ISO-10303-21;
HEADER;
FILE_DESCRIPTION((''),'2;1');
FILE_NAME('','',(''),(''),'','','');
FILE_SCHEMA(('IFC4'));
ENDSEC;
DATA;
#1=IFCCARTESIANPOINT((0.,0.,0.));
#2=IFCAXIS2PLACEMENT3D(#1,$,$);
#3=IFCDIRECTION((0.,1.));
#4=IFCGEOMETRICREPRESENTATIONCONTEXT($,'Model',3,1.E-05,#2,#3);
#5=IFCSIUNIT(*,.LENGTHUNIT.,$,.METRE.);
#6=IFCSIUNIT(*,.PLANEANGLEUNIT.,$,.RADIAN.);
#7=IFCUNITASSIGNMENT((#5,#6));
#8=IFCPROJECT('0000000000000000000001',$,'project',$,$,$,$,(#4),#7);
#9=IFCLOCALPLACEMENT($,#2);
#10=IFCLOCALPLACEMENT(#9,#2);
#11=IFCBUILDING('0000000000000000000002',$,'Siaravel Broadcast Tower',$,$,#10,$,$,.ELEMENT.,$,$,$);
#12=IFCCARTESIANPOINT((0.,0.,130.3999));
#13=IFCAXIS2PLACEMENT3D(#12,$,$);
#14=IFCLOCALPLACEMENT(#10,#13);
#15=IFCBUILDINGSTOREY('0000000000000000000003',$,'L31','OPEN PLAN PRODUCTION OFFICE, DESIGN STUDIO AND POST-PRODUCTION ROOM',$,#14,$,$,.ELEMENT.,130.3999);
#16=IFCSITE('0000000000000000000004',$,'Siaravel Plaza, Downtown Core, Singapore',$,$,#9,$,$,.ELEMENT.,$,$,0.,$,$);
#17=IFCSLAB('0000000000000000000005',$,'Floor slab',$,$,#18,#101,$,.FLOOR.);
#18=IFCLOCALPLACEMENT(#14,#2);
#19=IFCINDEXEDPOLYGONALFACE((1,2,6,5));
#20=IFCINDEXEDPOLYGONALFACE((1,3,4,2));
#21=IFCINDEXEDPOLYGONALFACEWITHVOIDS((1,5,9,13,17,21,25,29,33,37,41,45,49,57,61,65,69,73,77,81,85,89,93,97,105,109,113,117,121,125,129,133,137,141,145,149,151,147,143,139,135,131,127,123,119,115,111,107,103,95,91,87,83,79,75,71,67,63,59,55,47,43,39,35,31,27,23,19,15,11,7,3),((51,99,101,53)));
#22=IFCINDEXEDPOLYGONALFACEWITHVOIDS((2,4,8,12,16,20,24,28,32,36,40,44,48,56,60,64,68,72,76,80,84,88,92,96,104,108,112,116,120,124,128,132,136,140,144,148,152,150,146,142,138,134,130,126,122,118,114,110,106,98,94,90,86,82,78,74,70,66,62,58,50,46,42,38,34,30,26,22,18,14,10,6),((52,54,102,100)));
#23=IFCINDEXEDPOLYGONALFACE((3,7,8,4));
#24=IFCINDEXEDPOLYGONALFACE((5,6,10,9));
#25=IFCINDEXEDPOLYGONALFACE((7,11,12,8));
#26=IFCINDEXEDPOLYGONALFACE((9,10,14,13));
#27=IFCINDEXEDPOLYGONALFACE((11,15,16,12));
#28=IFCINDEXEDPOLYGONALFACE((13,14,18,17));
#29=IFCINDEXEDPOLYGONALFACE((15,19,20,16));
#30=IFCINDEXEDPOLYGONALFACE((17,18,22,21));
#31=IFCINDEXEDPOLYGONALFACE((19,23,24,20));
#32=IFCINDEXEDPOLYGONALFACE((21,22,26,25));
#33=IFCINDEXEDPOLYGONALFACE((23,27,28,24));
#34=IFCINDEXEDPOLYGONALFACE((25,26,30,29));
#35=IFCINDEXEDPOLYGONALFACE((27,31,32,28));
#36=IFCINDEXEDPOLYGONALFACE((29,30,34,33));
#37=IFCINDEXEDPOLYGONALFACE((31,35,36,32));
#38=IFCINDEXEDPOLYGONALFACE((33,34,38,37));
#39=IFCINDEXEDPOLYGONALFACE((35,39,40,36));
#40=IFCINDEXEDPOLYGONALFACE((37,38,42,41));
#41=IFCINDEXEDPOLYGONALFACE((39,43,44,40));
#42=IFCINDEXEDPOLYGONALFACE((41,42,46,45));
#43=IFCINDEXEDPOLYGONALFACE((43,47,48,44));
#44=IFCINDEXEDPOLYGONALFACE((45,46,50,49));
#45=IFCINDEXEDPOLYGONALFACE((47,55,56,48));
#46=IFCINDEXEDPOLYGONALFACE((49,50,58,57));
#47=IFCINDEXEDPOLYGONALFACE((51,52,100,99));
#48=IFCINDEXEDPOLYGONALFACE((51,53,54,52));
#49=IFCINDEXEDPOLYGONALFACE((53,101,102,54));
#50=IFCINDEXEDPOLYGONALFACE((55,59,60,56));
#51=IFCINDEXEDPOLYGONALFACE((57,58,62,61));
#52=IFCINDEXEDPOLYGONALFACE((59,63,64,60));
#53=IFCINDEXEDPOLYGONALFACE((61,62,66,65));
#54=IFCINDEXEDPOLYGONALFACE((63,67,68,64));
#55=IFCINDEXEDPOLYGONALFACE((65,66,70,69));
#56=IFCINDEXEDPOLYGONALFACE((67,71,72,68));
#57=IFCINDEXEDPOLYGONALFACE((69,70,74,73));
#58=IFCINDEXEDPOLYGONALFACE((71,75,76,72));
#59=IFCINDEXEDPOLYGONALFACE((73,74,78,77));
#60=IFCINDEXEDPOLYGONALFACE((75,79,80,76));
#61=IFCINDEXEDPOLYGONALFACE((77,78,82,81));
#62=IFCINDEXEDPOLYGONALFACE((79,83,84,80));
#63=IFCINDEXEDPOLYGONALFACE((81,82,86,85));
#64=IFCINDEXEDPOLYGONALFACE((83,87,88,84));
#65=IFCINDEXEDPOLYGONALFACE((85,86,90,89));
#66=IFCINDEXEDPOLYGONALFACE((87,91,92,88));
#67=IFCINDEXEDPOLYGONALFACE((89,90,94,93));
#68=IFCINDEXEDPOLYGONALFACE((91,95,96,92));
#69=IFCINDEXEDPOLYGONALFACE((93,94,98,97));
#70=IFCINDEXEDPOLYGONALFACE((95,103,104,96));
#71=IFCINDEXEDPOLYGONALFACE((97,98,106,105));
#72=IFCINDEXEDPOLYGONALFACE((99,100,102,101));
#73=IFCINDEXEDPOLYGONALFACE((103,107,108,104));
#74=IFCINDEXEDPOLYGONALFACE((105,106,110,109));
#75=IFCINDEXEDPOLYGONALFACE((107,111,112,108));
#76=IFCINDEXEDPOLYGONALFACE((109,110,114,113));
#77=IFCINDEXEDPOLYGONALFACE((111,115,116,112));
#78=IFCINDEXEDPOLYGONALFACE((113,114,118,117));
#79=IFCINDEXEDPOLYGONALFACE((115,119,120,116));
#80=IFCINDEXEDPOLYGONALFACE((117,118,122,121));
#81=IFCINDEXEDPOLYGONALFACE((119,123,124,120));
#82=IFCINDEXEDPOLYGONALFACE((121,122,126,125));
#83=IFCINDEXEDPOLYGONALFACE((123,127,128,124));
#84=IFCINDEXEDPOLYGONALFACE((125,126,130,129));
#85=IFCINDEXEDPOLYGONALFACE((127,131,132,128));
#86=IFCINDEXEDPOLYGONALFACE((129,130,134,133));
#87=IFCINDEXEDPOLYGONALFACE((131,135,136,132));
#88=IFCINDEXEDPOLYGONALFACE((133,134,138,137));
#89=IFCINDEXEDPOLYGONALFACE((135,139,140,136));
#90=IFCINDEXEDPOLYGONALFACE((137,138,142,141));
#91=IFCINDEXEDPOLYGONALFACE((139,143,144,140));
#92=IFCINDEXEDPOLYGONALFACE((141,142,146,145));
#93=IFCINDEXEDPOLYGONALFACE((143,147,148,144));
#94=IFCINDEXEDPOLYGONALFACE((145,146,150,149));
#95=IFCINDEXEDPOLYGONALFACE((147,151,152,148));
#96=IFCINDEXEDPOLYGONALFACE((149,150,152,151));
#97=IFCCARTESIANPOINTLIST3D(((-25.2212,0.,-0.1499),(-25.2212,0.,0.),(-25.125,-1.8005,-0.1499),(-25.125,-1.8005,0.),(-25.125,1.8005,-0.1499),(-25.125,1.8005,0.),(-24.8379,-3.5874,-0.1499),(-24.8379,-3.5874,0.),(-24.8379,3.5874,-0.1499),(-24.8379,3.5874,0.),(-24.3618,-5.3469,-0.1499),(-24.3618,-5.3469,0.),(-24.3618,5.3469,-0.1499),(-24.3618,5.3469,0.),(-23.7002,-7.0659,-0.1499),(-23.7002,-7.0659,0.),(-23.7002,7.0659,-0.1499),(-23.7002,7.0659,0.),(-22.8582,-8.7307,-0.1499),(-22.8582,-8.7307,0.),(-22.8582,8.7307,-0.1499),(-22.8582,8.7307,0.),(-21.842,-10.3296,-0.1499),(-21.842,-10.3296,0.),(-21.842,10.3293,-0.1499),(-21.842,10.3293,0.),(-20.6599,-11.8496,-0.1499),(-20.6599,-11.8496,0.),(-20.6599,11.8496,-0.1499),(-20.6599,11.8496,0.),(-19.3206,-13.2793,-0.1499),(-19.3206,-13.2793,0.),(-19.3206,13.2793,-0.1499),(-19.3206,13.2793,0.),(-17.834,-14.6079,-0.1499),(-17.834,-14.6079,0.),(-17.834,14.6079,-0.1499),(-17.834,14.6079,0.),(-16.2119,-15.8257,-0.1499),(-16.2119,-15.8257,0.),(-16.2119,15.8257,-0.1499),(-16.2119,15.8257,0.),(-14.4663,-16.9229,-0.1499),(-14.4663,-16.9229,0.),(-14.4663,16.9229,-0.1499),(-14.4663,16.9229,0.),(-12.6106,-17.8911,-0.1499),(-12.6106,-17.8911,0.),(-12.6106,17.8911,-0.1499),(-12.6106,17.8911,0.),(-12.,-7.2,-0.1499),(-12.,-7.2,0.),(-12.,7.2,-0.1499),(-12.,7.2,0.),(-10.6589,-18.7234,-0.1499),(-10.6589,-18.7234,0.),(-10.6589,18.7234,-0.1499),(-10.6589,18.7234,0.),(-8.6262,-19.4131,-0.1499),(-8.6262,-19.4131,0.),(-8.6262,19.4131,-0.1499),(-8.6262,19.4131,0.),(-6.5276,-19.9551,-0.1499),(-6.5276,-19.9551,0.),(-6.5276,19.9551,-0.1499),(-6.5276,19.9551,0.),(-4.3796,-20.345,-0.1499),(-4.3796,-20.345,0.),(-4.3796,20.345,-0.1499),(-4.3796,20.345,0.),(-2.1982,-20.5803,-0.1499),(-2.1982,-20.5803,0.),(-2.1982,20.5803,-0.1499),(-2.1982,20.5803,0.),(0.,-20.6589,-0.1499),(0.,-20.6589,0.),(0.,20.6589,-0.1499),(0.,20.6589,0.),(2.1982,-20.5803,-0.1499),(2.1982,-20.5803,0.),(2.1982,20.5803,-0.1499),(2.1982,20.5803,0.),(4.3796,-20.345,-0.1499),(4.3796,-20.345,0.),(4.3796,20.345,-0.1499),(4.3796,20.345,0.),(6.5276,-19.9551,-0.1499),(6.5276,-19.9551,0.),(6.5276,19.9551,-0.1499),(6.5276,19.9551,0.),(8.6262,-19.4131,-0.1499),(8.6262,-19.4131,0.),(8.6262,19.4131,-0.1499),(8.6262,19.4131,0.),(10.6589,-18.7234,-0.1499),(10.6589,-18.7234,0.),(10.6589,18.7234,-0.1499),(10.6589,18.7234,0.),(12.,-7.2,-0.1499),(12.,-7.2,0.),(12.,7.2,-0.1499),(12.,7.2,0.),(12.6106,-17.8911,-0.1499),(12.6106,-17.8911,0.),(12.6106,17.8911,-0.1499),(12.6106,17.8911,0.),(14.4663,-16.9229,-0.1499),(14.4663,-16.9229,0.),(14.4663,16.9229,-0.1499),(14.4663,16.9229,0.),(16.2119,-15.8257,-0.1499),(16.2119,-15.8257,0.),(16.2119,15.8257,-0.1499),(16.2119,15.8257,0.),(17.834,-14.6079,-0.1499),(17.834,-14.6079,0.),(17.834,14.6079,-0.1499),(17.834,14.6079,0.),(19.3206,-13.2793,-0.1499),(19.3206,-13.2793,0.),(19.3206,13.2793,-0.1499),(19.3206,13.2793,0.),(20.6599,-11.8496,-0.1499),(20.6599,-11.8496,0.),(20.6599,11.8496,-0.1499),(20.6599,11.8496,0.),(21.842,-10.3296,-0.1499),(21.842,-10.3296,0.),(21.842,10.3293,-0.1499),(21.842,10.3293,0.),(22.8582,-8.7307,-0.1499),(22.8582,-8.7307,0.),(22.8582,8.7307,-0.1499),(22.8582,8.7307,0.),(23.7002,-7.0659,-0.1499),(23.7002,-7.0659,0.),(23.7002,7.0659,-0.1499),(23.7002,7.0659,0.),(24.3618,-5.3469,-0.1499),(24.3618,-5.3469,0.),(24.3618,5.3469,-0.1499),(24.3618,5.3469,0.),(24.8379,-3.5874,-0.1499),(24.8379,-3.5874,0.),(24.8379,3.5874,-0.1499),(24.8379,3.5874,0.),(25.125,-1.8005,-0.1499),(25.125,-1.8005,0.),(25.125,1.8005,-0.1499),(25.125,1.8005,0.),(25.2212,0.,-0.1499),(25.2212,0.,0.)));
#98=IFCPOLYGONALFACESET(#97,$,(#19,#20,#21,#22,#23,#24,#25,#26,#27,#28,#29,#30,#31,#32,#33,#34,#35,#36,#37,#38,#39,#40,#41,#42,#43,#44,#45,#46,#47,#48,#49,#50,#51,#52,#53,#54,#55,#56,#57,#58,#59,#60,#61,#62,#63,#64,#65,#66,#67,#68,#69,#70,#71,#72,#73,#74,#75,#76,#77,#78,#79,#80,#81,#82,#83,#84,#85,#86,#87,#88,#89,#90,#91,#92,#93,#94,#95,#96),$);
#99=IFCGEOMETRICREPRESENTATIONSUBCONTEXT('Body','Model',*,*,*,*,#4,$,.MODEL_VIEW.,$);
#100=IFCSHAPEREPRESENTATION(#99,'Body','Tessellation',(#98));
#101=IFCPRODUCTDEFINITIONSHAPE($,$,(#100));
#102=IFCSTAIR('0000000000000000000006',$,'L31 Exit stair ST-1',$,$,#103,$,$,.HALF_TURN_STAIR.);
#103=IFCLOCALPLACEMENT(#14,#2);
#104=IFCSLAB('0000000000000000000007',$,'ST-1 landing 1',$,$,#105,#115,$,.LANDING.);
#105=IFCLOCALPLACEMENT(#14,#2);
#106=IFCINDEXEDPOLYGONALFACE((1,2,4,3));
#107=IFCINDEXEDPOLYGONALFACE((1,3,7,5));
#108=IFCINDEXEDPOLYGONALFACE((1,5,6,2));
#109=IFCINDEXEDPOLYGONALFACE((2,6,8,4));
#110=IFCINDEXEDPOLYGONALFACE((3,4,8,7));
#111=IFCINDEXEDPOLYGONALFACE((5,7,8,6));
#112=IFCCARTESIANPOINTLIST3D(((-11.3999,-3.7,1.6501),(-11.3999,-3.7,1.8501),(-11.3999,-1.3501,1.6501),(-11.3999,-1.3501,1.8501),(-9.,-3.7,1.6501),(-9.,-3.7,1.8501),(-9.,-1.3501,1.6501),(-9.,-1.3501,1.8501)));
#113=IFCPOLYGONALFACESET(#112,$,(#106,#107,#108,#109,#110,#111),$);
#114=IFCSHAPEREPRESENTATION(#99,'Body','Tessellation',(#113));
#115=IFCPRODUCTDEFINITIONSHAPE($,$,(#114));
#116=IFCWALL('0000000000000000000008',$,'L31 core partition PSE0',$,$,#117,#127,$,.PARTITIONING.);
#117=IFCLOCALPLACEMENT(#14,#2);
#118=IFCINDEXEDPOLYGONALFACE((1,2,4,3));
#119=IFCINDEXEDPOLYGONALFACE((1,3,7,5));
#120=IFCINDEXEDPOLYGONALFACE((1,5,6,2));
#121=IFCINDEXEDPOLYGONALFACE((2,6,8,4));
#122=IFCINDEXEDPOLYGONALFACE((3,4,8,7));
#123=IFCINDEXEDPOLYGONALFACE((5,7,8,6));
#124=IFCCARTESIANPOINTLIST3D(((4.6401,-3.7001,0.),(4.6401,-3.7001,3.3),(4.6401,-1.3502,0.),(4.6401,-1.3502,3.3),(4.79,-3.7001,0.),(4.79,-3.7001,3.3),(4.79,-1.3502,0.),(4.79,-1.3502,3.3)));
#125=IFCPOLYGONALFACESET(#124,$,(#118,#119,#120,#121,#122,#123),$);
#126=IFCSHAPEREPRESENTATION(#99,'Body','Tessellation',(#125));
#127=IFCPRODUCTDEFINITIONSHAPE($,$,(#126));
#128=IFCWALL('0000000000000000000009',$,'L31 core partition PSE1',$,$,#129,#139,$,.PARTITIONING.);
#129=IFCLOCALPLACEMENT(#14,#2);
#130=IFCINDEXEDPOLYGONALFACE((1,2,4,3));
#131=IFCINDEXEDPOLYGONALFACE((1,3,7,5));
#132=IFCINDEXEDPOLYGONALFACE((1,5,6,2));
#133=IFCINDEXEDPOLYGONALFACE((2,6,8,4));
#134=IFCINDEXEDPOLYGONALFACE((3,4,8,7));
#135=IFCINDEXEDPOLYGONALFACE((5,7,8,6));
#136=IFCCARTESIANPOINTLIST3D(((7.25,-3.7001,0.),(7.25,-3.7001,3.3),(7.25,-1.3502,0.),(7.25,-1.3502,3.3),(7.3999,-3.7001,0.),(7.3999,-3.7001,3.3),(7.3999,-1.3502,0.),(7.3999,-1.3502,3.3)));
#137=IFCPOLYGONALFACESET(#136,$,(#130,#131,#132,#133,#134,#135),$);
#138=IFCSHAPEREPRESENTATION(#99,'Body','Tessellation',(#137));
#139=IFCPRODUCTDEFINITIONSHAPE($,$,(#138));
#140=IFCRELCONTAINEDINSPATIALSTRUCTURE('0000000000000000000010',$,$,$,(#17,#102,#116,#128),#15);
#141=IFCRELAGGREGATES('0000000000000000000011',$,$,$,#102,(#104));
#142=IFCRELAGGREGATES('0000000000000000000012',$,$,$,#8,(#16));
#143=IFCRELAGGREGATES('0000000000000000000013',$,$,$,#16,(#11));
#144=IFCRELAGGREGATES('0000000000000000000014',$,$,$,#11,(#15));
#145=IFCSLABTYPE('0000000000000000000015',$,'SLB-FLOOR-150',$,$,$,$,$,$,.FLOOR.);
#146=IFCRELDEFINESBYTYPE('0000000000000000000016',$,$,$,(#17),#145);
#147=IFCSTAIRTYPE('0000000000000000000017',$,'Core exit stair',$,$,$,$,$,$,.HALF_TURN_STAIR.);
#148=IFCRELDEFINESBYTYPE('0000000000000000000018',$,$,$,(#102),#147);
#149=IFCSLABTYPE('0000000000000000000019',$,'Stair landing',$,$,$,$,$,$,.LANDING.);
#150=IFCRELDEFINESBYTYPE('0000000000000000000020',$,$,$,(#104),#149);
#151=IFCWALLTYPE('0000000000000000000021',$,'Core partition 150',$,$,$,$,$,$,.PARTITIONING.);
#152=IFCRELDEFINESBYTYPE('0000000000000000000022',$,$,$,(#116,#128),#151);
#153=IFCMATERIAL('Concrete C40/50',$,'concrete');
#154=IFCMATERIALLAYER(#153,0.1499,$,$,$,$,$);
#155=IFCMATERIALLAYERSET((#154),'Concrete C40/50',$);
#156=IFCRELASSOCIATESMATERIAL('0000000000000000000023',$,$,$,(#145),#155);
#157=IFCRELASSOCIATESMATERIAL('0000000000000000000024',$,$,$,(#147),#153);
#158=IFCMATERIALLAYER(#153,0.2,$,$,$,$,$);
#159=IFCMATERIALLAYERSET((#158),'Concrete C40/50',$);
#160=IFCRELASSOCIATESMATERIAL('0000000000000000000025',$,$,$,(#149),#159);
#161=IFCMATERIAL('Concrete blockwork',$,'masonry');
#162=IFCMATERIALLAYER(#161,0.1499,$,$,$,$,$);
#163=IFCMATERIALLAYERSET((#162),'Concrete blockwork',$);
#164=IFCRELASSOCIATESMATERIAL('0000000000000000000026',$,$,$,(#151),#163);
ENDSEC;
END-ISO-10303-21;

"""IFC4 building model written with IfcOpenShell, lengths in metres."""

from ifc_helpers import new_model, si_unit, direction, frame, frame_2d, origin, place, context, subcontext, project, spatial, polyline, rectangle, outline, extrude, material, layer, layer_set, type_object, element, aggregate, save


model = new_model("IFC4")

# Units and contexts
model_context = context("Model", 3, precision=1e-05, world=origin(), true_north=direction((0.0, 1.0)))
body_context = subcontext(model_context, "Body", "Model", "MODEL_VIEW")
ifc_project = project(units=[si_unit("LENGTHUNIT", "METRE"), si_unit("PLANEANGLEUNIT", "RADIAN")], contexts=[model_context])

# Site, building, storey
site_placement = place(None, origin())
site = spatial("IfcSite", under=ifc_project, at=site_placement, Name="Siaravel Plaza, Downtown Core, Singapore", CompositionType="ELEMENT", RefElevation=0.0)
building_placement = place(site_placement, origin())
building = spatial("IfcBuilding", under=site, at=building_placement, Name="Siaravel Broadcast Tower", CompositionType="ELEMENT")
storey_placement = place(building_placement, frame((0.0, 0.0, 130.3999)))
storey = spatial("IfcBuildingStorey", under=building, at=storey_placement, Name="L31", Description="OPEN PLAN PRODUCTION OFFICE, DESIGN STUDIO AND POST-PRODUCTION ROOM", CompositionType="ELEMENT", Elevation=130.3999)

# Slab
ifc_material_1 = material(Name="Concrete C40/50", Category="concrete")
ifc_layer_1 = layer(ifc_material_1, 0.1499)
ifc_layer_set_1 = layer_set([ifc_layer_1], Name="Concrete C40/50")
slab_type_1 = type_object("IfcSlabType", Name="SLB-FLOOR-150", PredefinedType="FLOOR", material=ifc_layer_set_1)
slab_1_placement = place(storey_placement, frame((0.0, 0.0, -0.1499)))
element("IfcSlab", 1, at=slab_1_placement, inside=storey, type_object=slab_type_1, Name="Floor slab", PredefinedType="FLOOR", context=body_context, shape_type="SweptSolid", body=[
    extrude(outline(polyline([(25.2212, 0.0), (25.125, 1.8005), (24.8379, 3.5874), (24.3618, 5.3469), (23.7002, 7.0659), (22.8582, 8.7307), (21.842, 10.3293), (20.6599, 11.8496), (19.3206, 13.2793), (17.834, 14.6079), (16.2119, 15.8257), (14.4663, 16.9229), (12.6106, 17.8911), (10.6589, 18.7234), (8.6262, 19.4131), (6.5276, 19.9551), (4.3796, 20.345), (2.1982, 20.5803), (0.0, 20.6589), (-2.1982, 20.5803), (-4.3796, 20.345), (-6.5276, 19.9551), (-8.6262, 19.4131), (-10.6589, 18.7234), (-12.6106, 17.8911), (-14.4663, 16.9229), (-16.2119, 15.8257), (-17.834, 14.6079), (-19.3206, 13.2793), (-20.6599, 11.8496), (-21.842, 10.3293), (-22.8582, 8.7307), (-23.7002, 7.0659), (-24.3618, 5.3469), (-24.8379, 3.5874), (-25.125, 1.8005), (-25.2212, 0.0), (-25.125, -1.8005), (-24.8379, -3.5874), (-24.3618, -5.3469), (-23.7002, -7.0659), (-22.8582, -8.7307), (-21.842, -10.3296), (-20.6599, -11.8496), (-19.3206, -13.2793), (-17.834, -14.6079), (-16.2119, -15.8257), (-14.4663, -16.9229), (-12.6106, -17.8911), (-10.6589, -18.7234), (-8.6262, -19.4131), (-6.5276, -19.9551), (-4.3796, -20.345), (-2.1982, -20.5803), (0.0, -20.6589), (2.1982, -20.5803), (4.3796, -20.345), (6.5276, -19.9551), (8.6262, -19.4131), (10.6589, -18.7234), (12.6106, -17.8911), (14.4663, -16.9229), (16.2119, -15.8257), (17.834, -14.6079), (19.3206, -13.2793), (20.6599, -11.8496), (21.842, -10.3296), (22.8582, -8.7307), (23.7002, -7.0659), (24.3618, -5.3469), (24.8379, -3.5874), (25.125, -1.8005), (25.2212, 0.0)]), holes=[polyline([(-12.0, 7.2), (12.0, 7.2), (12.0, -7.2), (-12.0, -7.2), (-12.0, 7.2)])]), origin(), (0.0, 0.0, 1.0), 0.1499),
])

# Stair, slab
stair_type = type_object("IfcStairType", Name="Core exit stair", PredefinedType="HALF_TURN_STAIR", material=ifc_material_1)
stair_placement = place(storey_placement, origin())
stair = element("IfcStair", 2, at=stair_placement, inside=storey, type_object=stair_type, Name="L31 Exit stair ST-1", PredefinedType="HALF_TURN_STAIR")
ifc_layer_2 = layer(ifc_material_1, 0.2)
ifc_layer_set_2 = layer_set([ifc_layer_2], Name="Concrete C40/50")
slab_type_2 = type_object("IfcSlabType", Name="Stair landing", PredefinedType="LANDING", material=ifc_layer_set_2)
slab_2_placement = place(storey_placement, frame((0.0, 0.0, 1.6501)))
slab_2 = element("IfcSlab", 3, at=slab_2_placement, type_object=slab_type_2, Name="ST-1 landing 1", PredefinedType="LANDING", context=body_context, shape_type="SweptSolid", body=[
    extrude(outline(polyline([(-9.0, -1.3501), (-11.3999, -1.3501), (-11.3999, -3.7), (-9.0, -3.7), (-9.0, -1.3501)])), origin(), (0.0, 0.0, 1.0), 0.2),
])
aggregate(stair, [slab_2])

# Walls
ifc_material_2 = material(Name="Concrete blockwork", Category="masonry")
ifc_layer_3 = layer(ifc_material_2, 0.1499)
ifc_layer_set_3 = layer_set([ifc_layer_3], Name="Concrete blockwork")
wall_type_1 = type_object("IfcWallType", Name="Core partition 150", PredefinedType="PARTITIONING", material=ifc_layer_set_3)
for number, where, z_axis, x_axis, name in (
    (4, (4.7151, -3.7, 0.0), (0.0, 0.0, 1.0), (0.0, 1.0, 0.0), "L31 core partition PSE0"),
    (5, (7.325, -3.7, 0.0), (0.0, 0.0, 1.0), (0.0, 1.0, 0.0), "L31 core partition PSE1"),
):
    element("IfcWall", number, at=place(storey_placement, frame(where, z_axis=z_axis, x_axis=x_axis)), inside=storey, type_object=wall_type_1, Name=name, PredefinedType="PARTITIONING", context=body_context, shape_type="SweptSolid", body=[
        extrude(rectangle(XDim=2.3499, YDim=0.1499, at=frame_2d((1.1748, 0.0))), origin(), (0.0, 0.0, 1.0), 3.3),
    ])

save(model, "model.ifc")
